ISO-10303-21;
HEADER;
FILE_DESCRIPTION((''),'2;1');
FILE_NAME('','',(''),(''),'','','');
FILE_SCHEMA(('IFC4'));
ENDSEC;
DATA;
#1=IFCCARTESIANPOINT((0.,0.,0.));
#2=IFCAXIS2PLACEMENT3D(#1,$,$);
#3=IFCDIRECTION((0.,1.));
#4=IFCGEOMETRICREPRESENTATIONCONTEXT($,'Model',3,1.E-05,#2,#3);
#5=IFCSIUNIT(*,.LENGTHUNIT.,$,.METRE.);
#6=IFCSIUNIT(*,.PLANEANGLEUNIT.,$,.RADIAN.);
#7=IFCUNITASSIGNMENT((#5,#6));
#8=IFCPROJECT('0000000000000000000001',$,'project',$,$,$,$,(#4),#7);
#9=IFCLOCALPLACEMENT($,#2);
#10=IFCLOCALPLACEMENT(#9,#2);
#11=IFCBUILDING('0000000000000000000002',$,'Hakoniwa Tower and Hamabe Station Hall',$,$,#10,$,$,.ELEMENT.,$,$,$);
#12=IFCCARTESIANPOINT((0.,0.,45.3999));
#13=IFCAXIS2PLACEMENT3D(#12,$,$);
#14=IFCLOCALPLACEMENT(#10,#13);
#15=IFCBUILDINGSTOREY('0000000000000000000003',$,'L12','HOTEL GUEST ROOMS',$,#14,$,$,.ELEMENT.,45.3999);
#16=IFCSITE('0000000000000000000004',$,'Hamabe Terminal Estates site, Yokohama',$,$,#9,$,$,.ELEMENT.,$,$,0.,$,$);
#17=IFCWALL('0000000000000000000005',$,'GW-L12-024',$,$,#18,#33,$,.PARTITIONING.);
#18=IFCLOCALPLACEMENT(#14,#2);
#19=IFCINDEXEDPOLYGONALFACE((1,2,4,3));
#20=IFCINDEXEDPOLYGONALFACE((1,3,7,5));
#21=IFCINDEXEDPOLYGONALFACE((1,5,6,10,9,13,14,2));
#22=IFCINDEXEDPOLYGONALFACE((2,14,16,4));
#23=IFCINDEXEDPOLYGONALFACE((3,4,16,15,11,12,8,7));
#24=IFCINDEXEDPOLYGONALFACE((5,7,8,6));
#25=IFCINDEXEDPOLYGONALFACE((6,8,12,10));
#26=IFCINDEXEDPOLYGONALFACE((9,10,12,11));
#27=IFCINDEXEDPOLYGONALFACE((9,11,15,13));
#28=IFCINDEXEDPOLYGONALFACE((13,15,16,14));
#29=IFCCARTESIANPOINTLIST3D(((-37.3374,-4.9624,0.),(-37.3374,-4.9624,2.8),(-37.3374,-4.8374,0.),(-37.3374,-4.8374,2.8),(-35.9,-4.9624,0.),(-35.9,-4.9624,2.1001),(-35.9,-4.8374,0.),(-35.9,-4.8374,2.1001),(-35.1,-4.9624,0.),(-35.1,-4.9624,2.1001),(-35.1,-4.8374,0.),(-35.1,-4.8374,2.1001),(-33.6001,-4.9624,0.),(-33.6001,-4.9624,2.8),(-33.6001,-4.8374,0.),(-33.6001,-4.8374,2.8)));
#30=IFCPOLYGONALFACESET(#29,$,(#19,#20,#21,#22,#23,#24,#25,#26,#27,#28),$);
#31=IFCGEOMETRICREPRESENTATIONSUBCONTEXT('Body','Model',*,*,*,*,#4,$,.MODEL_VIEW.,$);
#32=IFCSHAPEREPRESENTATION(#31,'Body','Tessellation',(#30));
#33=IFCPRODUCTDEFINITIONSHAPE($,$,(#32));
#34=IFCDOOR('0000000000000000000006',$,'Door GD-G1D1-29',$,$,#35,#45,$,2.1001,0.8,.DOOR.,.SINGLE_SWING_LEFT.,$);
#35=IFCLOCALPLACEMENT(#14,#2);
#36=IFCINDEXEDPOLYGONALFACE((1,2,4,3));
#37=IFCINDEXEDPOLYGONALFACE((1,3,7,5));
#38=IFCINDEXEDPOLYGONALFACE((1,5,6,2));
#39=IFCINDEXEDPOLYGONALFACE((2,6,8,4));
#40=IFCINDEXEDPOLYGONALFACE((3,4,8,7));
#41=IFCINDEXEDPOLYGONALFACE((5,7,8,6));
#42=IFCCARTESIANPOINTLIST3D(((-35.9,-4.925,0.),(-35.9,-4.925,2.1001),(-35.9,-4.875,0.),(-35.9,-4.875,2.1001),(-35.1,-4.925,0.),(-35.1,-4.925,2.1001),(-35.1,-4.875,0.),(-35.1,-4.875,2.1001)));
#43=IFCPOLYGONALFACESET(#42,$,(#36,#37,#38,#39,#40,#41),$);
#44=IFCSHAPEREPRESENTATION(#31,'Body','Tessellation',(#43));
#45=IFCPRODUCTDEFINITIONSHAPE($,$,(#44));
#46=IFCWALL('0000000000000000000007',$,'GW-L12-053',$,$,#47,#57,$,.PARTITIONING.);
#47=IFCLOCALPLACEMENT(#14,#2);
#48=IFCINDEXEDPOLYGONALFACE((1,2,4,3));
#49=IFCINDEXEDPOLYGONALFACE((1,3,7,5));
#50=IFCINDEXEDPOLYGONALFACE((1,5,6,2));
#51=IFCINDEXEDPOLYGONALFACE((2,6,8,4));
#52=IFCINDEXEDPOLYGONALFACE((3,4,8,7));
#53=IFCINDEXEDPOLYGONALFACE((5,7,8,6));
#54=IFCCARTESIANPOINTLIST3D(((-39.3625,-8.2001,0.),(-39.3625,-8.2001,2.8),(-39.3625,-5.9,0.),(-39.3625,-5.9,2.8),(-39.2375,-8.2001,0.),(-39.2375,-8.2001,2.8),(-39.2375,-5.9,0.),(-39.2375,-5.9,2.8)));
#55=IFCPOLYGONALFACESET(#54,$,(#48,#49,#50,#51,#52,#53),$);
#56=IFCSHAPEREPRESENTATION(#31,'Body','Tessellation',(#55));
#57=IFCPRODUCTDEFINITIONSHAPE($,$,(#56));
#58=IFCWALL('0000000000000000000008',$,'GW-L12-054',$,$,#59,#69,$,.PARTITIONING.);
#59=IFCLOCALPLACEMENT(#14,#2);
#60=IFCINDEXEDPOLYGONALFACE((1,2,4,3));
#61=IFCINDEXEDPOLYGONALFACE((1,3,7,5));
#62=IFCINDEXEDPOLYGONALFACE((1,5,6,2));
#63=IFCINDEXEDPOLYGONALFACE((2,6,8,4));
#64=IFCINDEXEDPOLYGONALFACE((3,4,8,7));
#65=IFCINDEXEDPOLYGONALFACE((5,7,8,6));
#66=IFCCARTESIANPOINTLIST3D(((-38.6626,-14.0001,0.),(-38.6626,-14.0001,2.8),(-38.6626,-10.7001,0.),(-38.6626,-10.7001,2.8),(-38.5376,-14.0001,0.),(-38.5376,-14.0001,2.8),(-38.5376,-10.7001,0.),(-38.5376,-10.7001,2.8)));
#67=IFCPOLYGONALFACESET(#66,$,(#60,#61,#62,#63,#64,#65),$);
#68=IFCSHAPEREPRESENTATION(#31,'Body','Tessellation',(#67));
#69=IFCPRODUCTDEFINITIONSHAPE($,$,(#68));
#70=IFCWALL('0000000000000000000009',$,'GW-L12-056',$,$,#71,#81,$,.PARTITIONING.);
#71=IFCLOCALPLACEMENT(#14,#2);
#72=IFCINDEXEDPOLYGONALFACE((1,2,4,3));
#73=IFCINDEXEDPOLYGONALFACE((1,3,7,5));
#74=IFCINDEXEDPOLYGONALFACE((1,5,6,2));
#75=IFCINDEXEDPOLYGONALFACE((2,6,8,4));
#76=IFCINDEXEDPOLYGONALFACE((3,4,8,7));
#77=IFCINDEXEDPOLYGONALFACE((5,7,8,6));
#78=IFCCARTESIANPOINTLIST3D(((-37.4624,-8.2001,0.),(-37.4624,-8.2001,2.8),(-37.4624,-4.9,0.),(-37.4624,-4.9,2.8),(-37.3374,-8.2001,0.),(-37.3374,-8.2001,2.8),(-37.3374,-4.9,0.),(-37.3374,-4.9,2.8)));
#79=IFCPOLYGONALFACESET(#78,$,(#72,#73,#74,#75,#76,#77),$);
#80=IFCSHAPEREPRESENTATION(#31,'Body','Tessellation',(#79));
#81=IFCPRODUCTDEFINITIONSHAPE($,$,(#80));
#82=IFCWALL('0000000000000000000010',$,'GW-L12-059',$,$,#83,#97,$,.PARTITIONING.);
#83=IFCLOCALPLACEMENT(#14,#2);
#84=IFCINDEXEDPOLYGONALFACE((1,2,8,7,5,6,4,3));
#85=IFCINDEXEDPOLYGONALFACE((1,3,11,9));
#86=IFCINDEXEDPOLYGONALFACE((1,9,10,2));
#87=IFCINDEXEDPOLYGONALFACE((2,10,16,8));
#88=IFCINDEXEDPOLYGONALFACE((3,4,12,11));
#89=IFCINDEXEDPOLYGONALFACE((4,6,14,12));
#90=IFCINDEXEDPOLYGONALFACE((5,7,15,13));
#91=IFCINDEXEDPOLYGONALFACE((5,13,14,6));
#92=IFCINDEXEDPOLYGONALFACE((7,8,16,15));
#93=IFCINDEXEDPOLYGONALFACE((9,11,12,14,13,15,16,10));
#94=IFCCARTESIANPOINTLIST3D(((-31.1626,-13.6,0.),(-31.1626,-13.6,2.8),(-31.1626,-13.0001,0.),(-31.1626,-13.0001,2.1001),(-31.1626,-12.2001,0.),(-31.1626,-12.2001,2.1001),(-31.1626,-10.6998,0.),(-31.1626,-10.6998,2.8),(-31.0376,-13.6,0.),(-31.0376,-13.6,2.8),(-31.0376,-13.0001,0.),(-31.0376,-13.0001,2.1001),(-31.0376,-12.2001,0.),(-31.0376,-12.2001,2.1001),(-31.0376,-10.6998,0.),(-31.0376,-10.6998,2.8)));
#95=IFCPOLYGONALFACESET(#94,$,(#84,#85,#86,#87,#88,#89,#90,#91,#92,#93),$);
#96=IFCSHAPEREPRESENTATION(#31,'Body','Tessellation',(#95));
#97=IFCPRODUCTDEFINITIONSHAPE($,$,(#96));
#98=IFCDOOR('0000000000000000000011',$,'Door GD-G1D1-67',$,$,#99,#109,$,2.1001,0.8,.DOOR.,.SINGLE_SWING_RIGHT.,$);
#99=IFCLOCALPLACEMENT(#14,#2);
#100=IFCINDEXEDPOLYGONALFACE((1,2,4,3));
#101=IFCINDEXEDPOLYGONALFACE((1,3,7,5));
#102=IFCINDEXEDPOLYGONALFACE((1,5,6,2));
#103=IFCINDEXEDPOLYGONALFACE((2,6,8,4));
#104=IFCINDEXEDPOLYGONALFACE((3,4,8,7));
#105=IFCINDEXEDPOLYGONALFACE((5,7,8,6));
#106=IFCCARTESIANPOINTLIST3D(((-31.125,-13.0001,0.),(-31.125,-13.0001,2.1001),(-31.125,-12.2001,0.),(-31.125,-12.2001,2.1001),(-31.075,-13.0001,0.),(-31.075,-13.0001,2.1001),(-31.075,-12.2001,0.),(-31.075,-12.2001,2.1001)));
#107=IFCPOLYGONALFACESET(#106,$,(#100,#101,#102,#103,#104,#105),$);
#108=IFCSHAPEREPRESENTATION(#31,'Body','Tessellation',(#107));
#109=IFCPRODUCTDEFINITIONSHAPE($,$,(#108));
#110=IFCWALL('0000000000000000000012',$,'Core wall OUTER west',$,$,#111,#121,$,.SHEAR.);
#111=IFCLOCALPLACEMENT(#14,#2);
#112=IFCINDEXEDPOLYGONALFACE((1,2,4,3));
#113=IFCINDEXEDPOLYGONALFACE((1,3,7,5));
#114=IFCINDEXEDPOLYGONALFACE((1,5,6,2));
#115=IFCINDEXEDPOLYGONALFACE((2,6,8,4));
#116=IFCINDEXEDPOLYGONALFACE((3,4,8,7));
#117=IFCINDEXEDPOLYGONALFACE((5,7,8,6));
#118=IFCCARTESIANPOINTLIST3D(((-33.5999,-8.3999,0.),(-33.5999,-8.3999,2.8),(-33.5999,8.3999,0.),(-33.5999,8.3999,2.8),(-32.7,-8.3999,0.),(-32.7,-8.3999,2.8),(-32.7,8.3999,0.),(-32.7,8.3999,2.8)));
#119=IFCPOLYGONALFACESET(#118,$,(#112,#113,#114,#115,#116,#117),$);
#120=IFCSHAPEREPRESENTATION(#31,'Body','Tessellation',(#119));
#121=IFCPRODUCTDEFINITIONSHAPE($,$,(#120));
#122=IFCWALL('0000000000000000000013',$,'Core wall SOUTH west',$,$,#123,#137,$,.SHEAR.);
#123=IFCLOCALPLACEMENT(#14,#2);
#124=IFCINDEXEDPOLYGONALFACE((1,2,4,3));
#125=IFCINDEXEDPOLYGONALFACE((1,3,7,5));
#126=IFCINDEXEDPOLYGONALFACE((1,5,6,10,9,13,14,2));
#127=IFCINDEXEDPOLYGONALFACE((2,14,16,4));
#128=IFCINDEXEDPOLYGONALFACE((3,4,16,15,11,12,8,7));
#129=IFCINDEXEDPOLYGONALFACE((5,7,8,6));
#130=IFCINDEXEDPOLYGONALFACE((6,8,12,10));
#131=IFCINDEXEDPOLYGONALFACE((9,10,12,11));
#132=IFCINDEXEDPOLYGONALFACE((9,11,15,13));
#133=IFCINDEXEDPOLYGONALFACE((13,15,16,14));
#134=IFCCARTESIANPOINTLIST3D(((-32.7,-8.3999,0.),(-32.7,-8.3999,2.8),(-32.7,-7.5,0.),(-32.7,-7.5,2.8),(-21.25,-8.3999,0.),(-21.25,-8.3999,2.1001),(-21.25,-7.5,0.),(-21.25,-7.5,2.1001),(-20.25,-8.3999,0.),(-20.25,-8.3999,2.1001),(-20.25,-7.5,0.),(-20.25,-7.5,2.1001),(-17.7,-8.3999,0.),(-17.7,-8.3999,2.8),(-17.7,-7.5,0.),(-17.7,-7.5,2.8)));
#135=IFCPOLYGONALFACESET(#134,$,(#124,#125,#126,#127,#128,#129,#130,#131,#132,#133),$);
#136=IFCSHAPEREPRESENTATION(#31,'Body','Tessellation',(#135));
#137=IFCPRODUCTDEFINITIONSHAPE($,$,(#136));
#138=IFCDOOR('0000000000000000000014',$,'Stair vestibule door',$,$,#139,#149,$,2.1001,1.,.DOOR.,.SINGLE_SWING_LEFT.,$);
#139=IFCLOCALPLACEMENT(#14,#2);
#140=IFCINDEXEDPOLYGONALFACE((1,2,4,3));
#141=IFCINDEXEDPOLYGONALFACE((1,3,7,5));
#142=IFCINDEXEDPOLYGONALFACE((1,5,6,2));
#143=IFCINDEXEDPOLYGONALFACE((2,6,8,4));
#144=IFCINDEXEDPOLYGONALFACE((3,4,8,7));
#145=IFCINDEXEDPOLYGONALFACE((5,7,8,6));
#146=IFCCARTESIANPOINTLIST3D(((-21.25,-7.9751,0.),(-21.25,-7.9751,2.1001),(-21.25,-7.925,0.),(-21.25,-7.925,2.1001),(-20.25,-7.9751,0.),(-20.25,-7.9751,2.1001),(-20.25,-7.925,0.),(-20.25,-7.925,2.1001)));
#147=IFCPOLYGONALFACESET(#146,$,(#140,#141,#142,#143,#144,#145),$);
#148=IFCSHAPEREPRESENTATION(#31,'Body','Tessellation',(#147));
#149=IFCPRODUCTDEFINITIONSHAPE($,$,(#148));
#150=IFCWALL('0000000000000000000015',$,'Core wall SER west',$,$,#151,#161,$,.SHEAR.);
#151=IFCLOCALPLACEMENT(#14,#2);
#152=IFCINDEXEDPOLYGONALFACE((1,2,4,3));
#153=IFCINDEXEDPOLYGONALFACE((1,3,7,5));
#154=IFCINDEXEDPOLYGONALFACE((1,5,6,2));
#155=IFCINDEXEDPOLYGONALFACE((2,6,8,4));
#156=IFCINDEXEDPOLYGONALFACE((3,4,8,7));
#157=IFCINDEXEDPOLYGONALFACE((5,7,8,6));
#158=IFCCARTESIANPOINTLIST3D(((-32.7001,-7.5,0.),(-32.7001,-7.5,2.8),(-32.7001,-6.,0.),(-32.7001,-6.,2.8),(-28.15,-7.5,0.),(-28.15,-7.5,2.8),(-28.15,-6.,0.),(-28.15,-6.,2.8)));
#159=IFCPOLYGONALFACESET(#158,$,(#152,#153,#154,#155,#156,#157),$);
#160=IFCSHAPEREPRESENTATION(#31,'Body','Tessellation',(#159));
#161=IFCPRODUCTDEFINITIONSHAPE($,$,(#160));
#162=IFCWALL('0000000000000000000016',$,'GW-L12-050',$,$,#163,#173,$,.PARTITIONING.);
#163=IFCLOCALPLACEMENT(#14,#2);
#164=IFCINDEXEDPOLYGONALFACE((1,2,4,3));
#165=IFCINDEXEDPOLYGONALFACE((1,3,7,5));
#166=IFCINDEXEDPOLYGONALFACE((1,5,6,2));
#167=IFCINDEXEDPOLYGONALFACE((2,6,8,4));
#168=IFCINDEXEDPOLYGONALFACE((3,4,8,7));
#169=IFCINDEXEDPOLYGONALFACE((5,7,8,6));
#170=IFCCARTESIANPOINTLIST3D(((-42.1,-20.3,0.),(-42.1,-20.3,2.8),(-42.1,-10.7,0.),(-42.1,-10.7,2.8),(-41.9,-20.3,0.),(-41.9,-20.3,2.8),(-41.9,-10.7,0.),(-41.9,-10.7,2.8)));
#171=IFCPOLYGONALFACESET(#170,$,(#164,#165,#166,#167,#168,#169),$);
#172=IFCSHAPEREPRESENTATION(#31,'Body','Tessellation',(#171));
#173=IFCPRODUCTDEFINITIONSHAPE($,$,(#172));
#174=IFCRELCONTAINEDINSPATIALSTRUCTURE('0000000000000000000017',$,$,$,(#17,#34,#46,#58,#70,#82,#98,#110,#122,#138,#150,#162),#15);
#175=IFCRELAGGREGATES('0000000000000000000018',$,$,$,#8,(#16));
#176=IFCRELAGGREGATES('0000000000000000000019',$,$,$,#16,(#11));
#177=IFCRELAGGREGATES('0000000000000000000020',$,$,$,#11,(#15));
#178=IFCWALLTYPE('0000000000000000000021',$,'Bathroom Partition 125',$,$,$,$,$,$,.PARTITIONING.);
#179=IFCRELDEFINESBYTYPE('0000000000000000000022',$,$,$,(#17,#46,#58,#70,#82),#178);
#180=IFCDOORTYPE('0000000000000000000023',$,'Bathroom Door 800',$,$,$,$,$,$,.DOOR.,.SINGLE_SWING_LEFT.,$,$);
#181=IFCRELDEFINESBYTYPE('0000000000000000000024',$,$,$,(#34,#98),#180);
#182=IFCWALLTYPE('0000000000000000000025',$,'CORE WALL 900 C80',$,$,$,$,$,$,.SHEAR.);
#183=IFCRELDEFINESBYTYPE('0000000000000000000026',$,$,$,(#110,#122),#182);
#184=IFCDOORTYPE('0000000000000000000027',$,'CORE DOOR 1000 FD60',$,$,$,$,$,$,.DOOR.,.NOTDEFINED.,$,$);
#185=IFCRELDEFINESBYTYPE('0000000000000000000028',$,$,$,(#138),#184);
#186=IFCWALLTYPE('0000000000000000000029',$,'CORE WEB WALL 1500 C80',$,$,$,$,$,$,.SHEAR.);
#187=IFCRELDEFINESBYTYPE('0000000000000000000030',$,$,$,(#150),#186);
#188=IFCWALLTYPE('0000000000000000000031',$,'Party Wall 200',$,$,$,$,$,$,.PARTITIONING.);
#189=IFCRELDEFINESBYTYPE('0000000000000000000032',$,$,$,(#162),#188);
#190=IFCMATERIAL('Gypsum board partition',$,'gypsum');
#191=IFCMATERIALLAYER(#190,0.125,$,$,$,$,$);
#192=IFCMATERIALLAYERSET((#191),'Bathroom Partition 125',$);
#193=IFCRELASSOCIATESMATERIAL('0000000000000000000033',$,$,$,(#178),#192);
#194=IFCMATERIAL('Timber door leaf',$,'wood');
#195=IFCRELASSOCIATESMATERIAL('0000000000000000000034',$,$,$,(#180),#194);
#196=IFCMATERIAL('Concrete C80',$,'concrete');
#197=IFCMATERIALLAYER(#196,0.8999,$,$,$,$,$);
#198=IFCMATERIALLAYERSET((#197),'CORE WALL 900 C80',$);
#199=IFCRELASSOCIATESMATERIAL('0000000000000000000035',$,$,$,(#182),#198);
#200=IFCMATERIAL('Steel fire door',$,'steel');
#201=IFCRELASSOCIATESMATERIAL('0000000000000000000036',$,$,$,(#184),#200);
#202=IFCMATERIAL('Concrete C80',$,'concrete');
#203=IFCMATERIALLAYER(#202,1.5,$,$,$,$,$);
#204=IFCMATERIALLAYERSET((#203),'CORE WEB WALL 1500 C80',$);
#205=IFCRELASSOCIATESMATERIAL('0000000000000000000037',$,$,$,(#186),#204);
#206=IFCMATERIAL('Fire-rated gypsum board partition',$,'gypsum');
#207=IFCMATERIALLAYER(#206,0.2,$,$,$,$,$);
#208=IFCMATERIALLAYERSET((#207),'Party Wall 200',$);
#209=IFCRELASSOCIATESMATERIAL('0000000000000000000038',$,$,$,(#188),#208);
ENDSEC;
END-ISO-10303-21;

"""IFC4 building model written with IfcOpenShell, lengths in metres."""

from ifc_helpers import new_model, si_unit, direction, frame, frame_2d, origin, place, context, subcontext, project, spatial, rectangle, extrude, material, layer, layer_set, type_object, element, fill, save


model = new_model("IFC4")

# Units and contexts
model_context = context("Model", 3, precision=1e-05, world=origin(), true_north=direction((0.0, 1.0)))
body_context = subcontext(model_context, "Body", "Model", "MODEL_VIEW")
ifc_project = project(units=[si_unit("LENGTHUNIT", "METRE"), si_unit("PLANEANGLEUNIT", "RADIAN")], contexts=[model_context])

# Site, building, storey
site_placement = place(None, origin())
site = spatial("IfcSite", under=ifc_project, at=site_placement, Name="Hamabe Terminal Estates site, Yokohama", CompositionType="ELEMENT", RefElevation=0.0)
building_placement = place(site_placement, origin())
building = spatial("IfcBuilding", under=site, at=building_placement, Name="Hakoniwa Tower and Hamabe Station Hall", CompositionType="ELEMENT")
storey_placement = place(building_placement, frame((0.0, 0.0, 45.3999)))
storey = spatial("IfcBuildingStorey", under=building, at=storey_placement, Name="L12", Description="HOTEL GUEST ROOMS", CompositionType="ELEMENT", Elevation=45.3999)

# Shared definitions
ifc_material_1 = material(Name="Gypsum board partition", Category="gypsum")
ifc_layer_1 = layer(ifc_material_1, 0.125)
ifc_layer_set_1 = layer_set([ifc_layer_1], Name="Bathroom Partition 125")
wall_type_1 = type_object("IfcWallType", Name="Bathroom Partition 125", PredefinedType="PARTITIONING", material=ifc_layer_set_1)
ifc_material_2 = material(Name="Timber door leaf", Category="wood")
door_type_1 = type_object("IfcDoorType", Name="Bathroom Door 800", OperationType="SINGLE_SWING_LEFT", PredefinedType="DOOR", material=ifc_material_2)

# Wall, opening, door
wall_1_placement = place(storey_placement, frame((-37.3374, -4.8999, 0.0), z_axis=(0.0, 0.0, 1.0), x_axis=(1.0, 0.0, 0.0)))
wall_1 = element("IfcWall", 1, at=wall_1_placement, inside=storey, type_object=wall_type_1, Name="GW-L12-024", PredefinedType="PARTITIONING", context=body_context, shape_type="SweptSolid", body=[
    extrude(rectangle(XDim=3.7373, YDim=0.125, at=frame_2d((1.8687, 0.0))), origin(), (0.0, 0.0, 1.0), 2.8),
])
opening_1_placement = place(wall_1_placement, frame((1.4375, 0.0, 0.0)))
opening_1 = element("IfcOpeningElement", 2, at=opening_1_placement, cuts=wall_1, PredefinedType="OPENING", context=body_context, shape_type="SweptSolid", body=[
    extrude(rectangle(XDim=0.8, YDim=2.1001, at=frame_2d((0.3999, 1.05))), frame((0.0, 0.0725, 0.0), z_axis=(0.0, -1.0, 0.0), x_axis=(1.0, 0.0, 0.0)), (0.0, 0.0, 1.0), 0.145),
])
door_1_placement = place(opening_1_placement, origin())
door_1 = element("IfcDoor", 3, at=door_1_placement, inside=storey, type_object=door_type_1, Name="Door GD-G1D1-29", OperationType="SINGLE_SWING_LEFT", OverallHeight=2.1001, OverallWidth=0.8, PredefinedType="DOOR", context=body_context, shape_type="SweptSolid", body=[
    extrude(rectangle(XDim=0.8, YDim=2.1001, at=frame_2d((0.3999, 1.05))), frame((0.0, 0.0249, 0.0), z_axis=(0.0, -1.0, 0.0), x_axis=(1.0, 0.0, 0.0)), (0.0, 0.0, 1.0), 0.05),
])
fill(opening_1, door_1)

# Walls
wall_2_placement = place(storey_placement, frame((-39.3, -8.2, 0.0), z_axis=(0.0, 0.0, 1.0), x_axis=(0.0, 1.0, 0.0)))
element("IfcWall", 4, at=wall_2_placement, inside=storey, type_object=wall_type_1, Name="GW-L12-053", PredefinedType="PARTITIONING", context=body_context, shape_type="SweptSolid", body=[
    extrude(rectangle(XDim=2.3, YDim=0.125, at=frame_2d((1.1499, 0.0))), origin(), (0.0, 0.0, 1.0), 2.8),
])
for number, where, z_axis, x_axis, name in (
    (5, (-38.6001, -14.0, 0.0), (0.0, 0.0, 1.0), (0.0, 1.0, 0.0), "GW-L12-054"),
    (6, (-37.3999, -8.2, 0.0), (0.0, 0.0, 1.0), (0.0, 1.0, 0.0), "GW-L12-056"),
):
    element("IfcWall", number, at=place(storey_placement, frame(where, z_axis=z_axis, x_axis=x_axis)), inside=storey, type_object=wall_type_1, Name=name, PredefinedType="PARTITIONING", context=body_context, shape_type="SweptSolid", body=[
        extrude(rectangle(XDim=3.3, YDim=0.125, at=frame_2d((1.6499, 0.0))), origin(), (0.0, 0.0, 1.0), 2.8),
    ])

# Wall, opening, door
wall_3_placement = place(storey_placement, frame((-31.1001, -13.6001, 0.0), z_axis=(0.0, 0.0, 1.0), x_axis=(0.0, 1.0, 0.0)))
wall_3 = element("IfcWall", 7, at=wall_3_placement, inside=storey, type_object=wall_type_1, Name="GW-L12-059", PredefinedType="PARTITIONING", context=body_context, shape_type="SweptSolid", body=[
    extrude(rectangle(XDim=2.9001, YDim=0.125, at=frame_2d((1.4502, 0.0))), origin(), (0.0, 0.0, 1.0), 2.8),
])
opening_2_placement = place(wall_3_placement, frame((0.6001, 0.0, 0.0)))
opening_2 = element("IfcOpeningElement", 8, at=opening_2_placement, cuts=wall_3, PredefinedType="OPENING", context=body_context, shape_type="SweptSolid", body=[
    extrude(rectangle(XDim=0.8, YDim=2.1001, at=frame_2d((0.3999, 1.05))), frame((0.0, 0.0725, 0.0), z_axis=(0.0, -1.0, 0.0), x_axis=(1.0, 0.0, 0.0)), (0.0, 0.0, 1.0), 0.145),
])
door_2_placement = place(opening_2_placement, origin())
door_2 = element("IfcDoor", 9, at=door_2_placement, inside=storey, type_object=door_type_1, Name="Door GD-G1D1-67", OperationType="SINGLE_SWING_RIGHT", OverallHeight=2.1001, OverallWidth=0.8, PredefinedType="DOOR", context=body_context, shape_type="SweptSolid", body=[
    extrude(rectangle(XDim=0.8, YDim=2.1001, at=frame_2d((0.3999, 1.05))), frame((0.0, 0.0249, 0.0), z_axis=(0.0, -1.0, 0.0), x_axis=(1.0, 0.0, 0.0)), (0.0, 0.0, 1.0), 0.05),
])
fill(opening_2, door_2)

# Wall
ifc_material_3 = material(Name="Concrete C80", Category="concrete")
ifc_layer_2 = layer(ifc_material_3, 0.8999)
ifc_layer_set_2 = layer_set([ifc_layer_2], Name="CORE WALL 900 C80")
wall_type_2 = type_object("IfcWallType", Name="CORE WALL 900 C80", PredefinedType="SHEAR", material=ifc_layer_set_2)
wall_4_placement = place(storey_placement, frame((-33.1499, -8.3999, 0.0), z_axis=(0.0, 0.0, 1.0), x_axis=(0.0, 1.0, 0.0)))
element("IfcWall", 10, at=wall_4_placement, inside=storey, type_object=wall_type_2, Name="Core wall OUTER west", PredefinedType="SHEAR", context=body_context, shape_type="SweptSolid", body=[
    extrude(rectangle(XDim=16.7998, YDim=0.8999, at=frame_2d((8.3999, 0.0))), origin(), (0.0, 0.0, 1.0), 2.8),
])

# Wall, opening, door
wall_5_placement = place(storey_placement, frame((-32.7, -7.95, 0.0), z_axis=(0.0, 0.0, 1.0), x_axis=(1.0, 0.0, 0.0)))
wall_5 = element("IfcWall", 11, at=wall_5_placement, inside=storey, type_object=wall_type_2, Name="Core wall SOUTH west", PredefinedType="SHEAR", context=body_context, shape_type="SweptSolid", body=[
    extrude(rectangle(XDim=15.0, YDim=0.8999, at=frame_2d((7.5, 0.0))), origin(), (0.0, 0.0, 1.0), 2.8),
])
opening_3_placement = place(wall_5_placement, frame((11.45, 0.0, 0.0)))
opening_3 = element("IfcOpeningElement", 12, at=opening_3_placement, cuts=wall_5, PredefinedType="OPENING", context=body_context, shape_type="SweptSolid", body=[
    extrude(rectangle(XDim=1.0, YDim=2.1001, at=frame_2d((0.5, 1.05))), frame((0.0, 0.46, 0.0), z_axis=(0.0, -1.0, 0.0), x_axis=(1.0, 0.0, 0.0)), (0.0, 0.0, 1.0), 0.9199),
])
ifc_material_4 = material(Name="Steel fire door", Category="steel")
door_type_2 = type_object("IfcDoorType", Name="CORE DOOR 1000 FD60", OperationType="NOTDEFINED", PredefinedType="DOOR", material=ifc_material_4)
door_3_placement = place(opening_3_placement, origin())
door_3 = element("IfcDoor", 13, at=door_3_placement, inside=storey, type_object=door_type_2, Name="Stair vestibule door", OperationType="SINGLE_SWING_LEFT", OverallHeight=2.1001, OverallWidth=1.0, PredefinedType="DOOR", context=body_context, shape_type="SweptSolid", body=[
    extrude(rectangle(XDim=1.0, YDim=2.1001, at=frame_2d((0.5, 1.05))), frame((0.0, 0.0249, 0.0), z_axis=(0.0, -1.0, 0.0), x_axis=(1.0, 0.0, 0.0)), (0.0, 0.0, 1.0), 0.05),
])
fill(opening_3, door_3)

# Walls
ifc_material_5 = material(Name="Concrete C80", Category="concrete")
ifc_layer_3 = layer(ifc_material_5, 1.5)
ifc_layer_set_3 = layer_set([ifc_layer_3], Name="CORE WEB WALL 1500 C80")
wall_type_3 = type_object("IfcWallType", Name="CORE WEB WALL 1500 C80", PredefinedType="SHEAR", material=ifc_layer_set_3)
wall_6_placement = place(storey_placement, frame((-32.7, -6.75, 0.0), z_axis=(0.0, 0.0, 1.0), x_axis=(1.0, 0.0, 0.0)))
element("IfcWall", 14, at=wall_6_placement, inside=storey, type_object=wall_type_3, Name="Core wall SER west", PredefinedType="SHEAR", context=body_context, shape_type="SweptSolid", body=[
    extrude(rectangle(XDim=4.55, YDim=1.5, at=frame_2d((2.2749, 0.0))), origin(), (0.0, 0.0, 1.0), 2.8),
])
ifc_material_6 = material(Name="Fire-rated gypsum board partition", Category="gypsum")
ifc_layer_4 = layer(ifc_material_6, 0.2)
ifc_layer_set_4 = layer_set([ifc_layer_4], Name="Party Wall 200")
wall_type_4 = type_object("IfcWallType", Name="Party Wall 200", PredefinedType="PARTITIONING", material=ifc_layer_set_4)
for number, where, z_axis, x_axis, name in (
    (15, (-42.0, -20.3, 0.0), (0.0, 0.0, 1.0), (0.0, 1.0, 0.0), "GW-L12-050"),
):
    element("IfcWall", number, at=place(storey_placement, frame(where, z_axis=z_axis, x_axis=x_axis)), inside=storey, type_object=wall_type_4, Name=name, PredefinedType="PARTITIONING", context=body_context, shape_type="SweptSolid", body=[
        extrude(rectangle(XDim=9.6001, YDim=0.2, at=frame_2d((4.8, 0.0))), origin(), (0.0, 0.0, 1.0), 2.8),
    ])

save(model, "model.ifc")
